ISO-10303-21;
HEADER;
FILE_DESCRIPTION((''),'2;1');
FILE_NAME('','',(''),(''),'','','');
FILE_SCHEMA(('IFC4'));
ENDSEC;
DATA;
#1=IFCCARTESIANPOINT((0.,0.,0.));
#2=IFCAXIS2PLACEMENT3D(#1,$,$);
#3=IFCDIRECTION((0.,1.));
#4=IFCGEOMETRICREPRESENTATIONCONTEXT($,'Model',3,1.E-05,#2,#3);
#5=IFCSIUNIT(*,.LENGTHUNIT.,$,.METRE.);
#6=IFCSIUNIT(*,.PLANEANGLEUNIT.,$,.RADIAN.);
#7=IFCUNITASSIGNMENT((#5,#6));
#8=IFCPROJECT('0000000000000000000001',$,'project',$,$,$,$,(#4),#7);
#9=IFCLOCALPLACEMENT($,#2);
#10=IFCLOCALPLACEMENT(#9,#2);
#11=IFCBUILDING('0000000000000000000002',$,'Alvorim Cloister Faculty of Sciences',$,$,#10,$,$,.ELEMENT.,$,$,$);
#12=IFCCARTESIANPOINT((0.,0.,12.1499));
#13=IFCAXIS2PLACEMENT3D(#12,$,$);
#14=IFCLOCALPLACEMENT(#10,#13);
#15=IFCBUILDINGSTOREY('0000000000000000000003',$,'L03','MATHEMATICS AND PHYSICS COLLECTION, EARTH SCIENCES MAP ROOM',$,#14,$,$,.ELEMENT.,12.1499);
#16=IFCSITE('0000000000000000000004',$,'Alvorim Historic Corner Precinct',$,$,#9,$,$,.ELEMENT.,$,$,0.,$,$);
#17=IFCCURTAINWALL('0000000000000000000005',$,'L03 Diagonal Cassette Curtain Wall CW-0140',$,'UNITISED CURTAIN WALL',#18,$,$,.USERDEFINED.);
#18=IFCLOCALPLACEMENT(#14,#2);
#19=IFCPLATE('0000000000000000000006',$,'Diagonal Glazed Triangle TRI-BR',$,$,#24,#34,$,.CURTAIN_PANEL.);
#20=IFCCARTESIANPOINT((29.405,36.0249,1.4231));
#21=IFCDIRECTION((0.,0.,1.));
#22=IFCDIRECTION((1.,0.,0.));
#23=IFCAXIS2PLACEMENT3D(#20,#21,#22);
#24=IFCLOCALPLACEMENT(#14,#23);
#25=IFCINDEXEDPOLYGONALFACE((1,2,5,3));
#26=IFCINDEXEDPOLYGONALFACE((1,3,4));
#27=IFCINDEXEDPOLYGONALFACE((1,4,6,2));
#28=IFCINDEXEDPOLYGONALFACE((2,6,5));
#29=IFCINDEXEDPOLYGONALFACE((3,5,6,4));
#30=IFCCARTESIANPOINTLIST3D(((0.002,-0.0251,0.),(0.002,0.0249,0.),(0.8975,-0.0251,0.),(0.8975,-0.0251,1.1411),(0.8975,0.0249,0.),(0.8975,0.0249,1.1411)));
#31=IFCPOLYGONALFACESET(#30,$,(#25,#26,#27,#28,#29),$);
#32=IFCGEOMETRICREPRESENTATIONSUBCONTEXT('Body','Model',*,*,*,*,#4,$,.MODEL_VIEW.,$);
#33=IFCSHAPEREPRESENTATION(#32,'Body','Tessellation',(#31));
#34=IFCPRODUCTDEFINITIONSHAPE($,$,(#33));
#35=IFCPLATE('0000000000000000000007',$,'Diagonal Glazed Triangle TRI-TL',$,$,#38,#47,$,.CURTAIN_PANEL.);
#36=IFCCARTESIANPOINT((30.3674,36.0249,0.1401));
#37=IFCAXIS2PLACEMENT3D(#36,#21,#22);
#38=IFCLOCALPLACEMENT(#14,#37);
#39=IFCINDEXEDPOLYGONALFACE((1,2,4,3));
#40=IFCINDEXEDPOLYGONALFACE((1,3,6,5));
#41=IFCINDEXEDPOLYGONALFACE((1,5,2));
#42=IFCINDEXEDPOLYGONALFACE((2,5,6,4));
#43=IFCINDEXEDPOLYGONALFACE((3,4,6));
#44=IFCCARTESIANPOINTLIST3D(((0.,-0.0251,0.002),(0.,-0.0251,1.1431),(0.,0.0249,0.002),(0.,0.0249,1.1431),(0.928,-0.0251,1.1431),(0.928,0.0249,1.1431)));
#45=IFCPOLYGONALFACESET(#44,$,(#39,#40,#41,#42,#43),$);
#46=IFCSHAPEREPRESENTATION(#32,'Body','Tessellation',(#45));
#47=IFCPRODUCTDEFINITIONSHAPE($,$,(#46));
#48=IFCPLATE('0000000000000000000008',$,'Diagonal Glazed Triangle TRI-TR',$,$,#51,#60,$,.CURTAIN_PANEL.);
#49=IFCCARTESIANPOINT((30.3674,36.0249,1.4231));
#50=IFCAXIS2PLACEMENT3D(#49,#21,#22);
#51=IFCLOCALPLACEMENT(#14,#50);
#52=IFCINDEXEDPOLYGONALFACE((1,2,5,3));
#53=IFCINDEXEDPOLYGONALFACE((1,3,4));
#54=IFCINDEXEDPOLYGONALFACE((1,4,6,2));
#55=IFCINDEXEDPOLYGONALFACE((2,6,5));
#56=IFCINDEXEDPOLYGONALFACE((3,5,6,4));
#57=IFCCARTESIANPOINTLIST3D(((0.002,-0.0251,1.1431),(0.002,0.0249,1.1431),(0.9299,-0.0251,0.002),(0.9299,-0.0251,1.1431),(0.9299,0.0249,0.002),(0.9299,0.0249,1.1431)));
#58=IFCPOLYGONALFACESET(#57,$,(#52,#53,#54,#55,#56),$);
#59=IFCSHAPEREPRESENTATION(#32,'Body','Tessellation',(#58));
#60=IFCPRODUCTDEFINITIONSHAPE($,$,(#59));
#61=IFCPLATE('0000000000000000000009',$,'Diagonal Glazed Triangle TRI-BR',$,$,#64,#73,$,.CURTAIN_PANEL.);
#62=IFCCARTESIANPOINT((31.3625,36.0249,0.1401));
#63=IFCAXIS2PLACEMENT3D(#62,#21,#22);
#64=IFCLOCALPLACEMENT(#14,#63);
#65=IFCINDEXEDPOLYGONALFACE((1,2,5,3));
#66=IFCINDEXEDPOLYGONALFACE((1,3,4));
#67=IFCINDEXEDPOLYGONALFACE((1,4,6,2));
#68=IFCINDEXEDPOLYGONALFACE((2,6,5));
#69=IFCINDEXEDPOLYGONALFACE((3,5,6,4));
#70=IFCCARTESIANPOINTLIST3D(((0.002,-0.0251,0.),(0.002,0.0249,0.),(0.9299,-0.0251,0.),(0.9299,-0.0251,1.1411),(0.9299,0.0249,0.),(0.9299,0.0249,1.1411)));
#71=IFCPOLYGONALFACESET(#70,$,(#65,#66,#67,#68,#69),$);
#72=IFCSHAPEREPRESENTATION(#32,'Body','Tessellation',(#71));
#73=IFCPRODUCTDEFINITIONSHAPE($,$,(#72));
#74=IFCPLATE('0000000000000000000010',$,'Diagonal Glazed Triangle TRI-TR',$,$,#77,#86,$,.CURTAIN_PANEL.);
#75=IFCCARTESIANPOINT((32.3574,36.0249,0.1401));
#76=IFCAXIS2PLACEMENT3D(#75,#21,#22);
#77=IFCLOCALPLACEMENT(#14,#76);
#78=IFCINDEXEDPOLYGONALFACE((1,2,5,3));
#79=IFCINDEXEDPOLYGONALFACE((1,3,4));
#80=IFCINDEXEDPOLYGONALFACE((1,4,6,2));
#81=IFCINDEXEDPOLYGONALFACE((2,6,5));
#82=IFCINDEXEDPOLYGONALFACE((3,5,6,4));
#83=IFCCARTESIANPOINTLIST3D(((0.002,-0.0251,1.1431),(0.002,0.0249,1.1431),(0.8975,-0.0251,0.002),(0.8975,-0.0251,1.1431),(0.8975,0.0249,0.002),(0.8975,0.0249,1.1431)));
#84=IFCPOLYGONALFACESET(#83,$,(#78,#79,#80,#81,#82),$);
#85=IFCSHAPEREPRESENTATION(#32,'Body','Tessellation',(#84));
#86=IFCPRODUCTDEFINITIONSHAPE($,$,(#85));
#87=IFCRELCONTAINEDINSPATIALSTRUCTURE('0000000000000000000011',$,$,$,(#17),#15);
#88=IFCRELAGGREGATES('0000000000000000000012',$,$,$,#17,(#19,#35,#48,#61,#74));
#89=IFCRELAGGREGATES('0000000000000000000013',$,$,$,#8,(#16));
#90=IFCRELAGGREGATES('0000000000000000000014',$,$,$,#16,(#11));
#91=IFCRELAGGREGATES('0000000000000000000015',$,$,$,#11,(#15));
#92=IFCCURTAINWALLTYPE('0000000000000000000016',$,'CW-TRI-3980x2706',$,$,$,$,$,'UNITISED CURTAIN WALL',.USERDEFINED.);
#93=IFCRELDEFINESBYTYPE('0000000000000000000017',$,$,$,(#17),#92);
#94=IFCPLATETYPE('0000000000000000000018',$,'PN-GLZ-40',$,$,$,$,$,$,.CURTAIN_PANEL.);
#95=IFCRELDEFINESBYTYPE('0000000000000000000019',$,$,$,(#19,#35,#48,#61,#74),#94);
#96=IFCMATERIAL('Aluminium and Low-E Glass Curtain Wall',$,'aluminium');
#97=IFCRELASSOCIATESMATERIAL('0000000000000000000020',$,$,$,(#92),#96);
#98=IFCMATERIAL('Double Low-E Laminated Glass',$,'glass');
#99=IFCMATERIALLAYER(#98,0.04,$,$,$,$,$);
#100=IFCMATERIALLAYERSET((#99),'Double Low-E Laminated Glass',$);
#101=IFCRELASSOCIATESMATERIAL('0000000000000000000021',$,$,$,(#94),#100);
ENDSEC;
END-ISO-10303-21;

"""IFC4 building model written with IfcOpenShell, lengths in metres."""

from ifc_helpers import new_model, si_unit, direction, frame, origin, place, context, subcontext, project, spatial, polyline, outline, extrude, material, layer, layer_set, type_object, element, aggregate, save


model = new_model("IFC4")

# Units and contexts
model_context = context("Model", 3, precision=1e-05, world=origin(), true_north=direction((0.0, 1.0)))
body_context = subcontext(model_context, "Body", "Model", "MODEL_VIEW")
ifc_project = project(units=[si_unit("LENGTHUNIT", "METRE"), si_unit("PLANEANGLEUNIT", "RADIAN")], contexts=[model_context])

# Site, building, storey
site_placement = place(None, origin())
site = spatial("IfcSite", under=ifc_project, at=site_placement, Name="Alvorim Historic Corner Precinct", CompositionType="ELEMENT", RefElevation=0.0)
building_placement = place(site_placement, origin())
building = spatial("IfcBuilding", under=site, at=building_placement, Name="Alvorim Cloister Faculty of Sciences", CompositionType="ELEMENT")
storey_placement = place(building_placement, frame((0.0, 0.0, 12.1499)))
storey = spatial("IfcBuildingStorey", under=building, at=storey_placement, Name="L03", Description="MATHEMATICS AND PHYSICS COLLECTION, EARTH SCIENCES MAP ROOM", CompositionType="ELEMENT", Elevation=12.1499)

# Curtain wall, plates
ifc_material_1 = material(Name="Aluminium and Low-E Glass Curtain Wall", Category="aluminium")
curtain_wall_type = type_object("IfcCurtainWallType", Name="CW-TRI-3980x2706", ElementType="UNITISED CURTAIN WALL", PredefinedType="USERDEFINED", material=ifc_material_1)
curtain_wall_placement = place(storey_placement, origin())
curtain_wall = element("IfcCurtainWall", 1, at=curtain_wall_placement, inside=storey, type_object=curtain_wall_type, Name="L03 Diagonal Cassette Curtain Wall CW-0140", ObjectType="UNITISED CURTAIN WALL", PredefinedType="USERDEFINED")
ifc_material_2 = material(Name="Double Low-E Laminated Glass", Category="glass")
ifc_layer = layer(ifc_material_2, 0.04)
ifc_layer_set = layer_set([ifc_layer], Name="Double Low-E Laminated Glass")
plate_type = type_object("IfcPlateType", Name="PN-GLZ-40", PredefinedType="CURTAIN_PANEL", material=ifc_layer_set)
plate_1_placement = place(storey_placement, frame((29.405, 36.0249, 1.4231), z_axis=(0.0, 0.0, 1.0), x_axis=(1.0, 0.0, 0.0)))
plate_1 = element("IfcPlate", 2, at=plate_1_placement, type_object=plate_type, Name="Diagonal Glazed Triangle TRI-BR", PredefinedType="CURTAIN_PANEL", context=body_context, shape_type="SweptSolid", body=[
    extrude(outline(polyline([(0.002, 0.0), (0.8975, 0.0), (0.8975, 1.1411), (0.002, 0.0)])), frame((0.0, 0.0249, 0.0), z_axis=(0.0, -1.0, 0.0), x_axis=(1.0, 0.0, 0.0)), (0.0, 0.0, 1.0), 0.05),
])
plate_2_placement = place(storey_placement, frame((30.3674, 36.0249, 0.1401), z_axis=(0.0, 0.0, 1.0), x_axis=(1.0, 0.0, 0.0)))
plate_2 = element("IfcPlate", 3, at=plate_2_placement, type_object=plate_type, Name="Diagonal Glazed Triangle TRI-TL", PredefinedType="CURTAIN_PANEL", context=body_context, shape_type="SweptSolid", body=[
    extrude(outline(polyline([(0.928, 1.1431), (0.0, 1.1431), (0.0, 0.002), (0.928, 1.1431)])), frame((0.0, 0.0249, 0.0), z_axis=(0.0, -1.0, 0.0), x_axis=(1.0, 0.0, 0.0)), (0.0, 0.0, 1.0), 0.05),
])
plate_3_placement = place(storey_placement, frame((30.3674, 36.0249, 1.4231), z_axis=(0.0, 0.0, 1.0), x_axis=(1.0, 0.0, 0.0)))
plate_3 = element("IfcPlate", 4, at=plate_3_placement, type_object=plate_type, Name="Diagonal Glazed Triangle TRI-TR", PredefinedType="CURTAIN_PANEL", context=body_context, shape_type="SweptSolid", body=[
    extrude(outline(polyline([(0.9299, 0.002), (0.9299, 1.1431), (0.002, 1.1431), (0.9299, 0.002)])), frame((0.0, 0.0249, 0.0), z_axis=(0.0, -1.0, 0.0), x_axis=(1.0, 0.0, 0.0)), (0.0, 0.0, 1.0), 0.05),
])
plate_4_placement = place(storey_placement, frame((31.3625, 36.0249, 0.1401), z_axis=(0.0, 0.0, 1.0), x_axis=(1.0, 0.0, 0.0)))
plate_4 = element("IfcPlate", 5, at=plate_4_placement, type_object=plate_type, Name="Diagonal Glazed Triangle TRI-BR", PredefinedType="CURTAIN_PANEL", context=body_context, shape_type="SweptSolid", body=[
    extrude(outline(polyline([(0.002, 0.0), (0.9299, 0.0), (0.9299, 1.1411), (0.002, 0.0)])), frame((0.0, 0.0249, 0.0), z_axis=(0.0, -1.0, 0.0), x_axis=(1.0, 0.0, 0.0)), (0.0, 0.0, 1.0), 0.05),
])
plate_5_placement = place(storey_placement, frame((32.3574, 36.0249, 0.1401), z_axis=(0.0, 0.0, 1.0), x_axis=(1.0, 0.0, 0.0)))
plate_5 = element("IfcPlate", 6, at=plate_5_placement, type_object=plate_type, Name="Diagonal Glazed Triangle TRI-TR", PredefinedType="CURTAIN_PANEL", context=body_context, shape_type="SweptSolid", body=[
    extrude(outline(polyline([(0.8975, 0.002), (0.8975, 1.1431), (0.002, 1.1431), (0.8975, 0.002)])), frame((0.0, 0.0249, 0.0), z_axis=(0.0, -1.0, 0.0), x_axis=(1.0, 0.0, 0.0)), (0.0, 0.0, 1.0), 0.05),
])
aggregate(curtain_wall, [plate_1, plate_2, plate_3, plate_4, plate_5])

save(model, "model.ifc")
